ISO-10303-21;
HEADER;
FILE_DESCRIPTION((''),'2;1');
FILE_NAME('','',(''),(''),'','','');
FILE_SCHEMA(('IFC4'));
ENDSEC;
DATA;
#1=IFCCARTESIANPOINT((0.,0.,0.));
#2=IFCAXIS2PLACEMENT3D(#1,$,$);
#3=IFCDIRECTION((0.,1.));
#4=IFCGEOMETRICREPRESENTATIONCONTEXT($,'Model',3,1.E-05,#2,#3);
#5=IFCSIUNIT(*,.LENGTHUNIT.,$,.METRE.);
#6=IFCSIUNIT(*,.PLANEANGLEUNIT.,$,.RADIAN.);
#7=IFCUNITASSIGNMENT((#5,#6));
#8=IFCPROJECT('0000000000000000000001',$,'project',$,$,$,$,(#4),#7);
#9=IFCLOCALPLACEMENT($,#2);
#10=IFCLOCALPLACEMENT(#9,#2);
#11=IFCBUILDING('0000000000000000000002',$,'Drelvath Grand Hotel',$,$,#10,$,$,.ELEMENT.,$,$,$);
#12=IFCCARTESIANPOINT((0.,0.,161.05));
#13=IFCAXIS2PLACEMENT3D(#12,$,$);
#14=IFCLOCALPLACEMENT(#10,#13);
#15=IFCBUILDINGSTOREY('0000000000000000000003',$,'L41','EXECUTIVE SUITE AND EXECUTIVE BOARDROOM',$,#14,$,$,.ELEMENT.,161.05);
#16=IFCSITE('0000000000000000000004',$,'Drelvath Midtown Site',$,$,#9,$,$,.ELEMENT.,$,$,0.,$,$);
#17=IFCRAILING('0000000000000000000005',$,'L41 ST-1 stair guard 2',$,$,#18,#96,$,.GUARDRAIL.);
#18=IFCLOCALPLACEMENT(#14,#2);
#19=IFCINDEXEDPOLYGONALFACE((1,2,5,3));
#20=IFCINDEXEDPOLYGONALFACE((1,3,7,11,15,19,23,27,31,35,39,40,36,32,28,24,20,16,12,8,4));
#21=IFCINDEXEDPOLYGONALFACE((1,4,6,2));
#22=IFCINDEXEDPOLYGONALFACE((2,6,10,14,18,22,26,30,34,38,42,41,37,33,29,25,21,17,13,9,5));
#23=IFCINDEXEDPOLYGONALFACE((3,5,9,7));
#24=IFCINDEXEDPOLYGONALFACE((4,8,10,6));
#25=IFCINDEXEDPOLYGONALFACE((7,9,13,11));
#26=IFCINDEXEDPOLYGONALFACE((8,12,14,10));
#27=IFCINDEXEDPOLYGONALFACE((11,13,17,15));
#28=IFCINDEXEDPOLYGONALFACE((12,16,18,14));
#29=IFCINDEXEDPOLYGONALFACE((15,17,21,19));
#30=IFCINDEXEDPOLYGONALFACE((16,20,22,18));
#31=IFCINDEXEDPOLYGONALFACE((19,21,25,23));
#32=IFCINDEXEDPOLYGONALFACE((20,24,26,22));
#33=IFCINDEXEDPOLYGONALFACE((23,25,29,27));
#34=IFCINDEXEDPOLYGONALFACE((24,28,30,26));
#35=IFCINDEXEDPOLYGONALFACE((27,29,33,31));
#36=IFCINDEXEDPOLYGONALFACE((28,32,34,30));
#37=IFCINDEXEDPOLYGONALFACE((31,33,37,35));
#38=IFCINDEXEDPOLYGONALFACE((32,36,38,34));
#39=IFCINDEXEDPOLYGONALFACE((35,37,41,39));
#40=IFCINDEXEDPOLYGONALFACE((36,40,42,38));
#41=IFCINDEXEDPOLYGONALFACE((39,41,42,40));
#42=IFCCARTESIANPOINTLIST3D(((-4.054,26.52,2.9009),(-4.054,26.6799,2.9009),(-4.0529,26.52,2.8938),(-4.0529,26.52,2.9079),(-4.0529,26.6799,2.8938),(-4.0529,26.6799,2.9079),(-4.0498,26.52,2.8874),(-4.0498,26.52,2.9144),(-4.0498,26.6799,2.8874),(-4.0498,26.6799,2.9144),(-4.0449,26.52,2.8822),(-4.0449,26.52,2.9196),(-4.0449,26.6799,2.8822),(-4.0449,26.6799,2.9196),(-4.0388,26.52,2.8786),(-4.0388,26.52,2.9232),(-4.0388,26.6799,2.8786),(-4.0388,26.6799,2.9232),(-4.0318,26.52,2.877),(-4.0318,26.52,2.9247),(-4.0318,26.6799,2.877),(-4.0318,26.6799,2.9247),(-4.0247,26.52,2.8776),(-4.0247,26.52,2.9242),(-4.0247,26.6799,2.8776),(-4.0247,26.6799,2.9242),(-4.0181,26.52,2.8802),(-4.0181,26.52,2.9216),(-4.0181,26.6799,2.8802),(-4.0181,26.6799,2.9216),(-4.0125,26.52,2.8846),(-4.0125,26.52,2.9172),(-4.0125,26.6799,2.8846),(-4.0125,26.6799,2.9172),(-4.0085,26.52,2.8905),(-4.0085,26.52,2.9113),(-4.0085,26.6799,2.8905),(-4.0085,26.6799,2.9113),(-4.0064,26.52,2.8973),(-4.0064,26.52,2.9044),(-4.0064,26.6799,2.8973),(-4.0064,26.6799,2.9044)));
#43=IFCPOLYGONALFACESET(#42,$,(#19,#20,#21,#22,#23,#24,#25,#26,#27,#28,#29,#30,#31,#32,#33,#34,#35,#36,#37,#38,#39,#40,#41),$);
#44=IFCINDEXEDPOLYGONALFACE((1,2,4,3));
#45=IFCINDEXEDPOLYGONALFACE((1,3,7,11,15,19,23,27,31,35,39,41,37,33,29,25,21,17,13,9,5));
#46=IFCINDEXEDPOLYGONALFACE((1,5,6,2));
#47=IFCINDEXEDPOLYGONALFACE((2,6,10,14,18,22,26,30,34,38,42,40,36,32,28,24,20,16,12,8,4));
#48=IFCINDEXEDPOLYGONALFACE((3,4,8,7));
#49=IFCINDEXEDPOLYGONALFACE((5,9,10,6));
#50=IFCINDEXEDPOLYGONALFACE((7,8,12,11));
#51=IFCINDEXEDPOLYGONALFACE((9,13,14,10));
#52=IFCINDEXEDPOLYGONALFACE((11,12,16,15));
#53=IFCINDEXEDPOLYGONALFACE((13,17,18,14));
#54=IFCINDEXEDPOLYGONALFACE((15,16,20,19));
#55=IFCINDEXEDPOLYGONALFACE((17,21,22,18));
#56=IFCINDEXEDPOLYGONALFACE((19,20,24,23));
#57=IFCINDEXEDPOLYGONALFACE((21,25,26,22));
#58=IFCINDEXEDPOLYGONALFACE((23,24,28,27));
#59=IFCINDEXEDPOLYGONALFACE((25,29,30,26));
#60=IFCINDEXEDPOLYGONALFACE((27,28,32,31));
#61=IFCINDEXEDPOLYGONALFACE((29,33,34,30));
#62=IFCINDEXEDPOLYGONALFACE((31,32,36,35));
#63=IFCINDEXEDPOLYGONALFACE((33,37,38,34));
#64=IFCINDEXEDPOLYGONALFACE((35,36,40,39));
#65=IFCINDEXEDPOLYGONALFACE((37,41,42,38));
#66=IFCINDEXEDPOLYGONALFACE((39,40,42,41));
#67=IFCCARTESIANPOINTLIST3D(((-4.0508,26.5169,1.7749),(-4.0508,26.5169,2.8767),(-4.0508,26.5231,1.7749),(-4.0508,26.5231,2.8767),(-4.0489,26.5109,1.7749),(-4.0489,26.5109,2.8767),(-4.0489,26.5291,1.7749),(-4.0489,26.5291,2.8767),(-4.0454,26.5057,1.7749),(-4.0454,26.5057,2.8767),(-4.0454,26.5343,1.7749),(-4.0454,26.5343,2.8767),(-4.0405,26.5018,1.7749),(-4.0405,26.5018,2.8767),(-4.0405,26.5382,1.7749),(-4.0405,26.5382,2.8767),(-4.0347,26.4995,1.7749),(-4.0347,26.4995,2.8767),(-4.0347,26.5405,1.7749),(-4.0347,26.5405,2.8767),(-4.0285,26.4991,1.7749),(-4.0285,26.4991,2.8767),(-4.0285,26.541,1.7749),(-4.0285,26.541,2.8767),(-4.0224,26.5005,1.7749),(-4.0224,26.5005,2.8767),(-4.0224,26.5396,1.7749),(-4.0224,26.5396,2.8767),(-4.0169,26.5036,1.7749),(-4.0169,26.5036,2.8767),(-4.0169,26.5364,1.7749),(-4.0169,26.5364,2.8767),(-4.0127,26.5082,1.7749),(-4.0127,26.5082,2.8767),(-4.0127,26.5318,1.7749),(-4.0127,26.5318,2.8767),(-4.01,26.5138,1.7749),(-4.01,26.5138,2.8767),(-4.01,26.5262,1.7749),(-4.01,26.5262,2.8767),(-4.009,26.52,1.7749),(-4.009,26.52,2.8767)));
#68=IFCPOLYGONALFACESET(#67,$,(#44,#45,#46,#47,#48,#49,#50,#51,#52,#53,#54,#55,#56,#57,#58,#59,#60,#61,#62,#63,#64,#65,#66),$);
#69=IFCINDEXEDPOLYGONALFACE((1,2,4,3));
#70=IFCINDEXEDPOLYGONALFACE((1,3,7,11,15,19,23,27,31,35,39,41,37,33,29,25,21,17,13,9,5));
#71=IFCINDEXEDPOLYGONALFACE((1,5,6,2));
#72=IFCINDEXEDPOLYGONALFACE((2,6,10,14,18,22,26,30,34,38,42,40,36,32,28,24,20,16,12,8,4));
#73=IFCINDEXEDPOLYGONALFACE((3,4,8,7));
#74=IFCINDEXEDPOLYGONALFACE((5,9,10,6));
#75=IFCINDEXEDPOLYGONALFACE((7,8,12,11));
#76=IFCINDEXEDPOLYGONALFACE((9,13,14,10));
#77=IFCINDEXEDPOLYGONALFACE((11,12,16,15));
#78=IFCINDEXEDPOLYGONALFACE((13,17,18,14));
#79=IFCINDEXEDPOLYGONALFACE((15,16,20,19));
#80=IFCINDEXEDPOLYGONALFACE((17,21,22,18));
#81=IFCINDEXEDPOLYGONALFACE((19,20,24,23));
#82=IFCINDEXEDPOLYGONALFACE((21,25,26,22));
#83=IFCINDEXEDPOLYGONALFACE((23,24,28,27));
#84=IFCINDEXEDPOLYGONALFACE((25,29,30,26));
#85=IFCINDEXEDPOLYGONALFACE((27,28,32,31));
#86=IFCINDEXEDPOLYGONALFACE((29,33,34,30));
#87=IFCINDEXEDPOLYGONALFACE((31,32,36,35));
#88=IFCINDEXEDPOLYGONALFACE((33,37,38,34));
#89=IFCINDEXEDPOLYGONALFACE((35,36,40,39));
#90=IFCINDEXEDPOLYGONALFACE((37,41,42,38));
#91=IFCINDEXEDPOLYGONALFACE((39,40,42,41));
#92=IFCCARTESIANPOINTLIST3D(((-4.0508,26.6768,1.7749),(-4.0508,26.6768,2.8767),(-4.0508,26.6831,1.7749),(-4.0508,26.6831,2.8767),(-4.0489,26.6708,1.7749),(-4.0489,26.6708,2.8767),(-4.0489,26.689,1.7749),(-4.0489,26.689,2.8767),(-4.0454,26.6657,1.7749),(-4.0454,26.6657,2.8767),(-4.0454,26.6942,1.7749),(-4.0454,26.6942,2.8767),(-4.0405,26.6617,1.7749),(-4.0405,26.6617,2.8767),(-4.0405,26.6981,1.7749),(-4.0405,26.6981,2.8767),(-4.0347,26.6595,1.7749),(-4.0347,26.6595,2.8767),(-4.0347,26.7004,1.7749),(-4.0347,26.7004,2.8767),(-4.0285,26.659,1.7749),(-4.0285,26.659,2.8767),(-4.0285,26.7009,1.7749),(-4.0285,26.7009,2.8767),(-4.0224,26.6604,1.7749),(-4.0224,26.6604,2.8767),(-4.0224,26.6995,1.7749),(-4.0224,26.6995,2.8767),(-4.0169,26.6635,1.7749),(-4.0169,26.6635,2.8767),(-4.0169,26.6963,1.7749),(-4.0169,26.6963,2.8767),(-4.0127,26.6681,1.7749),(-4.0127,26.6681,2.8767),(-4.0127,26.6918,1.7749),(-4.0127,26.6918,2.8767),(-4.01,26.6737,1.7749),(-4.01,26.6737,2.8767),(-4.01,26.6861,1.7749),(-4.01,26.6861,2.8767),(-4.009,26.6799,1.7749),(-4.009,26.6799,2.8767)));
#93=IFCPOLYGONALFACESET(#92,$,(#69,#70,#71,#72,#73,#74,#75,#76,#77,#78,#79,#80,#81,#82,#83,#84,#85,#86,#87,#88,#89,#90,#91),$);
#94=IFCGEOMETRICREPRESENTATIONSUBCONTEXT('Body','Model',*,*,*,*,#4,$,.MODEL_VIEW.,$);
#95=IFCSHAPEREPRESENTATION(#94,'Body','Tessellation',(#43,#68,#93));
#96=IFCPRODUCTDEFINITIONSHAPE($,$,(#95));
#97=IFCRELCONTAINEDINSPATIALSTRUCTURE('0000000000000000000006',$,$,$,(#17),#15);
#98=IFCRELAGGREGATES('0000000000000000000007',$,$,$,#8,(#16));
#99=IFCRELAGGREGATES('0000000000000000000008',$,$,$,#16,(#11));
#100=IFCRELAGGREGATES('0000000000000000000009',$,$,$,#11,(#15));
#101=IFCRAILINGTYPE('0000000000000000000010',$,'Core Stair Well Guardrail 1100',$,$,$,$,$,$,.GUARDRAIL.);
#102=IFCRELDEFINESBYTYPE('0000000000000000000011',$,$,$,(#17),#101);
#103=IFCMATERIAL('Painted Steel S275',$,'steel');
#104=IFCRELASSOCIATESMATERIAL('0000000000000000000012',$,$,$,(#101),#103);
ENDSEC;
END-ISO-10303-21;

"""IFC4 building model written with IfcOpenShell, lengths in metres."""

from ifc_helpers import new_model, si_unit, direction, frame, origin, origin_2d, place, context, subcontext, project, spatial, circle, extrude, material, type_object, element, save


model = new_model("IFC4")

# Units and contexts
model_context = context("Model", 3, precision=1e-05, world=origin(), true_north=direction((0.0, 1.0)))
body_context = subcontext(model_context, "Body", "Model", "MODEL_VIEW")
ifc_project = project(units=[si_unit("LENGTHUNIT", "METRE"), si_unit("PLANEANGLEUNIT", "RADIAN")], contexts=[model_context])

# Site, building, storey
site_placement = place(None, origin())
site = spatial("IfcSite", under=ifc_project, at=site_placement, Name="Drelvath Midtown Site", CompositionType="ELEMENT", RefElevation=0.0)
building_placement = place(site_placement, origin())
building = spatial("IfcBuilding", under=site, at=building_placement, Name="Drelvath Grand Hotel", CompositionType="ELEMENT")
storey_placement = place(building_placement, frame((0.0, 0.0, 161.05)))
storey = spatial("IfcBuildingStorey", under=building, at=storey_placement, Name="L41", Description="EXECUTIVE SUITE AND EXECUTIVE BOARDROOM", CompositionType="ELEMENT", Elevation=161.05)

# Shared definitions
ifc_material_1 = material(Name="Painted Steel S275", Category="steel")

# Railing
railing_type_1 = type_object("IfcRailingType", Name="Core Stair Well Guardrail 1100", PredefinedType="GUARDRAIL", material=ifc_material_1)
railing_1_placement = place(storey_placement, frame((-4.03, 26.52, 1.7749)))
element("IfcRailing", 1, at=railing_1_placement, inside=storey, type_object=railing_type_1, Name="L41 ST-1 stair guard 2", PredefinedType="GUARDRAIL", context=body_context, shape_type="SweptSolid", body=[
    extrude(circle(Radius=0.0239, at=origin_2d()), frame((0.0, 0.0, 1.126), z_axis=(0.0, 1.0, 0.0), x_axis=(-1.0, 0.0, 0.0)), (0.0, 0.0, 1.0), 0.1599),
    extrude(circle(Radius=0.021, at=origin_2d()), origin(), (0.0, 0.0, 1.0), 1.1018),
    extrude(circle(Radius=0.021, at=origin_2d()), frame((0.0, 0.1599, 0.0)), (0.0, 0.0, 1.0), 1.1018),
])

save(model, "model.ifc")
